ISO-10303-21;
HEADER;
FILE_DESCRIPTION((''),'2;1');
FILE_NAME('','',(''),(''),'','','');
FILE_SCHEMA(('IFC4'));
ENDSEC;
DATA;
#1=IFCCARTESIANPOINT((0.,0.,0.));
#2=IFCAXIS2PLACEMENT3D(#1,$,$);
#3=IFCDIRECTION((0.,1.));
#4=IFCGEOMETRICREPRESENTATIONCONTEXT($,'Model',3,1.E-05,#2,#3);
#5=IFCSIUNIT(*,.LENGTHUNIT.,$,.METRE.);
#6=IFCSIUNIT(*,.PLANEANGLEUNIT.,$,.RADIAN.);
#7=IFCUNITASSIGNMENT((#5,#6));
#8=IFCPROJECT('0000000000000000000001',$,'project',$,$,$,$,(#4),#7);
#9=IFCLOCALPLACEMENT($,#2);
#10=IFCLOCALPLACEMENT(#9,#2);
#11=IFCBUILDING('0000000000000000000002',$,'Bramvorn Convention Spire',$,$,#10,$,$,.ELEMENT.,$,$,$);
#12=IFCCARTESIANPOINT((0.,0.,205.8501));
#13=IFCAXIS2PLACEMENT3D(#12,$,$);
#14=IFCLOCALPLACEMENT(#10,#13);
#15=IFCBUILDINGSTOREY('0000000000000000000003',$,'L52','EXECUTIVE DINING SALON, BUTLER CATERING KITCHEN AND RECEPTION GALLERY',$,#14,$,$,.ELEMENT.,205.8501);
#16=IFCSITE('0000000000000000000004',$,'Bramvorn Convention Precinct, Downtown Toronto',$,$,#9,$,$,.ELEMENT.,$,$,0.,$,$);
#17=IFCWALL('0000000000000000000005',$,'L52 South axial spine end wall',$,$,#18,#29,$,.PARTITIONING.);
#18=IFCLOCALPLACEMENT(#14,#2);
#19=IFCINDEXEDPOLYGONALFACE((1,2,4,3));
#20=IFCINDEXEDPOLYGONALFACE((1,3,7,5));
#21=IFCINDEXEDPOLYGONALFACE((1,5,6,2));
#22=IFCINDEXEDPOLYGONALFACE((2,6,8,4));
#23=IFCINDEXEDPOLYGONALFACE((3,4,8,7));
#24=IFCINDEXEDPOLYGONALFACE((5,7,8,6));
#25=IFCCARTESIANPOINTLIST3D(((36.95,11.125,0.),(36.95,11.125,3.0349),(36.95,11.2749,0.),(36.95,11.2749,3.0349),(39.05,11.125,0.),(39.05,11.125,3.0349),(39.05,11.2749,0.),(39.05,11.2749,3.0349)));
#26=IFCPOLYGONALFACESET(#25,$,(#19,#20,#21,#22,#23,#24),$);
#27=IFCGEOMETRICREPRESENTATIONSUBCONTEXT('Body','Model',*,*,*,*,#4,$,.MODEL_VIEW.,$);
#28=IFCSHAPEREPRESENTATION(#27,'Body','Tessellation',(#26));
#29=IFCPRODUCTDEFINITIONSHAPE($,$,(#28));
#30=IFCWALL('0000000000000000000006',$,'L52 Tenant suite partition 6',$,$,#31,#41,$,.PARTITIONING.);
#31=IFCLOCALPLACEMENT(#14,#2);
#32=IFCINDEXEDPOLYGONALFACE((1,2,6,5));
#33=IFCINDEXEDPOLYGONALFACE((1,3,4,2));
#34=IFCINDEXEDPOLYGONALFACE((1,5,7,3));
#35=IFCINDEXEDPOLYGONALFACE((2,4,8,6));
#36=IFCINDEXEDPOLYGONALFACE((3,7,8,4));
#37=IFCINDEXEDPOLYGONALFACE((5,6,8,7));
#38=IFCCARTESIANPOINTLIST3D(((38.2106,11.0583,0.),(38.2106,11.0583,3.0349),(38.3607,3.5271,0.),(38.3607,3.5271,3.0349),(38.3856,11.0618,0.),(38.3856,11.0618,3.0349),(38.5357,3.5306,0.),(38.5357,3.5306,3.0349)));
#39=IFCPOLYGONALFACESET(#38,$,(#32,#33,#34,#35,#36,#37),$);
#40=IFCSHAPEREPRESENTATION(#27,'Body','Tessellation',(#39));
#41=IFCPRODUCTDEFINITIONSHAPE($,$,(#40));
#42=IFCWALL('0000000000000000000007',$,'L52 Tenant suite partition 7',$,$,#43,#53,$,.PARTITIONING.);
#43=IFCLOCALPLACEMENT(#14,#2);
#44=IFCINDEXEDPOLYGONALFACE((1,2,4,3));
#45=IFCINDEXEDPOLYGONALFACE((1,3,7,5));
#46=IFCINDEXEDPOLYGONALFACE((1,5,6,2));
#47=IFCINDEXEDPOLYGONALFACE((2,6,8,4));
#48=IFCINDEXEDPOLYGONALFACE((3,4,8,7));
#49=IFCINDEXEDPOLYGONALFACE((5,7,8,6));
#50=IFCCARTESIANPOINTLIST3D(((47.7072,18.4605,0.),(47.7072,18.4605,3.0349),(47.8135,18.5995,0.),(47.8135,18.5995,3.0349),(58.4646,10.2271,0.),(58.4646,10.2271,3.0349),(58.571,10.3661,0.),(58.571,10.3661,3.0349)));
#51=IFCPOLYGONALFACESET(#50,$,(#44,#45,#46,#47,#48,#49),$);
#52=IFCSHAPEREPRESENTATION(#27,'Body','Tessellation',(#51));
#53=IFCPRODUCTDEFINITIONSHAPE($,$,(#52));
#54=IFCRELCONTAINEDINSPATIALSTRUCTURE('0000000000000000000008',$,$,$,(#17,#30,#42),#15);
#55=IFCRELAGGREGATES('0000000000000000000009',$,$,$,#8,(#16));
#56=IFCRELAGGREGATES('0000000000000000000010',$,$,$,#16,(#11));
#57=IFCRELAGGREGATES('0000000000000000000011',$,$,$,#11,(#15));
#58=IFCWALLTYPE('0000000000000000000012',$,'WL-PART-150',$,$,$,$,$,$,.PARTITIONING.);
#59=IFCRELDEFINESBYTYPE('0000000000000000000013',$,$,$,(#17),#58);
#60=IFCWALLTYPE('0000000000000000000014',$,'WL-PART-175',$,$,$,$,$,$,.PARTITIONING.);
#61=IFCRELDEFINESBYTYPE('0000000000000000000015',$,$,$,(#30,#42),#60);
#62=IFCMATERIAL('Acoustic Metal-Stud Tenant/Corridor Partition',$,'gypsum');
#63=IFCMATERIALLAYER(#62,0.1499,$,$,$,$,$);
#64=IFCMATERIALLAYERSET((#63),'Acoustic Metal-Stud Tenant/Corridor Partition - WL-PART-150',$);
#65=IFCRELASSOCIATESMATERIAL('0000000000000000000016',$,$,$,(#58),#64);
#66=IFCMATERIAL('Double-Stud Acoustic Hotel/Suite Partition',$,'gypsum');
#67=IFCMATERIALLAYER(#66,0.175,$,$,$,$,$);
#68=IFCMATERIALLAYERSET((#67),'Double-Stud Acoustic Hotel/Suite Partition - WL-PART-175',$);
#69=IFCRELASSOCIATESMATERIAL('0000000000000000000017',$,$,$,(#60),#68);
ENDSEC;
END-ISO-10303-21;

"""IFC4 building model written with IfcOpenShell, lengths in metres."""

from ifc_helpers import new_model, si_unit, direction, frame, frame_2d, origin, place, context, subcontext, project, spatial, rectangle, extrude, material, layer, layer_set, type_object, element, save


model = new_model("IFC4")

# Units and contexts
model_context = context("Model", 3, precision=1e-05, world=origin(), true_north=direction((0.0, 1.0)))
body_context = subcontext(model_context, "Body", "Model", "MODEL_VIEW")
ifc_project = project(units=[si_unit("LENGTHUNIT", "METRE"), si_unit("PLANEANGLEUNIT", "RADIAN")], contexts=[model_context])

# Site, building, storey
site_placement = place(None, origin())
site = spatial("IfcSite", under=ifc_project, at=site_placement, Name="Bramvorn Convention Precinct, Downtown Toronto", CompositionType="ELEMENT", RefElevation=0.0)
building_placement = place(site_placement, origin())
building = spatial("IfcBuilding", under=site, at=building_placement, Name="Bramvorn Convention Spire", CompositionType="ELEMENT")
storey_placement = place(building_placement, frame((0.0, 0.0, 205.8501)))
storey = spatial("IfcBuildingStorey", under=building, at=storey_placement, Name="L52", Description="EXECUTIVE DINING SALON, BUTLER CATERING KITCHEN AND RECEPTION GALLERY", CompositionType="ELEMENT", Elevation=205.8501)

# Shared definitions
ifc_material_1 = material(Name="Acoustic Metal-Stud Tenant/Corridor Partition", Category="gypsum")
ifc_layer_1 = layer(ifc_material_1, 0.1499)
ifc_layer_set_1 = layer_set([ifc_layer_1], Name="Acoustic Metal-Stud Tenant/Corridor Partition - WL-PART-150")
wall_type_1 = type_object("IfcWallType", Name="WL-PART-150", PredefinedType="PARTITIONING", material=ifc_layer_set_1)

# Walls
wall_1_placement = place(storey_placement, frame((36.95, 11.2, 0.0), z_axis=(0.0, 0.0, 1.0), x_axis=(1.0, 0.0, 0.0)))
element("IfcWall", 1, at=wall_1_placement, inside=storey, type_object=wall_type_1, Name="L52 South axial spine end wall", PredefinedType="PARTITIONING", context=body_context, shape_type="SweptSolid", body=[
    extrude(rectangle(XDim=2.1001, YDim=0.1499, at=frame_2d((1.05, 0.0))), origin(), (0.0, 0.0, 1.0), 3.0349),
])
ifc_material_2 = material(Name="Double-Stud Acoustic Hotel/Suite Partition", Category="gypsum")
ifc_layer_2 = layer(ifc_material_2, 0.175)
ifc_layer_set_2 = layer_set([ifc_layer_2], Name="Double-Stud Acoustic Hotel/Suite Partition - WL-PART-175")
wall_type_2 = type_object("IfcWallType", Name="WL-PART-175", PredefinedType="PARTITIONING", material=ifc_layer_set_2)
wall_2_placement = place(storey_placement, frame((38.2981, 11.0601, 0.0), z_axis=(0.0, 0.0, 1.0), x_axis=(0.019933, -0.999801, 0.0)))
element("IfcWall", 2, at=wall_2_placement, inside=storey, type_object=wall_type_2, Name="L52 Tenant suite partition 6", PredefinedType="PARTITIONING", context=body_context, shape_type="SweptSolid", body=[
    extrude(rectangle(XDim=7.5327, YDim=0.175, at=frame_2d((3.7664, 0.0))), origin(), (0.0, 0.0, 1.0), 3.0349),
])
wall_3_placement = place(storey_placement, frame((47.7603, 18.53, 0.0), z_axis=(0.0, 0.0, 1.0), x_axis=(0.794108, -0.607777, 0.0)))
element("IfcWall", 3, at=wall_3_placement, inside=storey, type_object=wall_type_2, Name="L52 Tenant suite partition 7", PredefinedType="PARTITIONING", context=body_context, shape_type="SweptSolid", body=[
    extrude(rectangle(XDim=13.5466, YDim=0.175, at=frame_2d((6.7734, 0.0))), origin(), (0.0, 0.0, 1.0), 3.0349),
])

save(model, "model.ifc")
